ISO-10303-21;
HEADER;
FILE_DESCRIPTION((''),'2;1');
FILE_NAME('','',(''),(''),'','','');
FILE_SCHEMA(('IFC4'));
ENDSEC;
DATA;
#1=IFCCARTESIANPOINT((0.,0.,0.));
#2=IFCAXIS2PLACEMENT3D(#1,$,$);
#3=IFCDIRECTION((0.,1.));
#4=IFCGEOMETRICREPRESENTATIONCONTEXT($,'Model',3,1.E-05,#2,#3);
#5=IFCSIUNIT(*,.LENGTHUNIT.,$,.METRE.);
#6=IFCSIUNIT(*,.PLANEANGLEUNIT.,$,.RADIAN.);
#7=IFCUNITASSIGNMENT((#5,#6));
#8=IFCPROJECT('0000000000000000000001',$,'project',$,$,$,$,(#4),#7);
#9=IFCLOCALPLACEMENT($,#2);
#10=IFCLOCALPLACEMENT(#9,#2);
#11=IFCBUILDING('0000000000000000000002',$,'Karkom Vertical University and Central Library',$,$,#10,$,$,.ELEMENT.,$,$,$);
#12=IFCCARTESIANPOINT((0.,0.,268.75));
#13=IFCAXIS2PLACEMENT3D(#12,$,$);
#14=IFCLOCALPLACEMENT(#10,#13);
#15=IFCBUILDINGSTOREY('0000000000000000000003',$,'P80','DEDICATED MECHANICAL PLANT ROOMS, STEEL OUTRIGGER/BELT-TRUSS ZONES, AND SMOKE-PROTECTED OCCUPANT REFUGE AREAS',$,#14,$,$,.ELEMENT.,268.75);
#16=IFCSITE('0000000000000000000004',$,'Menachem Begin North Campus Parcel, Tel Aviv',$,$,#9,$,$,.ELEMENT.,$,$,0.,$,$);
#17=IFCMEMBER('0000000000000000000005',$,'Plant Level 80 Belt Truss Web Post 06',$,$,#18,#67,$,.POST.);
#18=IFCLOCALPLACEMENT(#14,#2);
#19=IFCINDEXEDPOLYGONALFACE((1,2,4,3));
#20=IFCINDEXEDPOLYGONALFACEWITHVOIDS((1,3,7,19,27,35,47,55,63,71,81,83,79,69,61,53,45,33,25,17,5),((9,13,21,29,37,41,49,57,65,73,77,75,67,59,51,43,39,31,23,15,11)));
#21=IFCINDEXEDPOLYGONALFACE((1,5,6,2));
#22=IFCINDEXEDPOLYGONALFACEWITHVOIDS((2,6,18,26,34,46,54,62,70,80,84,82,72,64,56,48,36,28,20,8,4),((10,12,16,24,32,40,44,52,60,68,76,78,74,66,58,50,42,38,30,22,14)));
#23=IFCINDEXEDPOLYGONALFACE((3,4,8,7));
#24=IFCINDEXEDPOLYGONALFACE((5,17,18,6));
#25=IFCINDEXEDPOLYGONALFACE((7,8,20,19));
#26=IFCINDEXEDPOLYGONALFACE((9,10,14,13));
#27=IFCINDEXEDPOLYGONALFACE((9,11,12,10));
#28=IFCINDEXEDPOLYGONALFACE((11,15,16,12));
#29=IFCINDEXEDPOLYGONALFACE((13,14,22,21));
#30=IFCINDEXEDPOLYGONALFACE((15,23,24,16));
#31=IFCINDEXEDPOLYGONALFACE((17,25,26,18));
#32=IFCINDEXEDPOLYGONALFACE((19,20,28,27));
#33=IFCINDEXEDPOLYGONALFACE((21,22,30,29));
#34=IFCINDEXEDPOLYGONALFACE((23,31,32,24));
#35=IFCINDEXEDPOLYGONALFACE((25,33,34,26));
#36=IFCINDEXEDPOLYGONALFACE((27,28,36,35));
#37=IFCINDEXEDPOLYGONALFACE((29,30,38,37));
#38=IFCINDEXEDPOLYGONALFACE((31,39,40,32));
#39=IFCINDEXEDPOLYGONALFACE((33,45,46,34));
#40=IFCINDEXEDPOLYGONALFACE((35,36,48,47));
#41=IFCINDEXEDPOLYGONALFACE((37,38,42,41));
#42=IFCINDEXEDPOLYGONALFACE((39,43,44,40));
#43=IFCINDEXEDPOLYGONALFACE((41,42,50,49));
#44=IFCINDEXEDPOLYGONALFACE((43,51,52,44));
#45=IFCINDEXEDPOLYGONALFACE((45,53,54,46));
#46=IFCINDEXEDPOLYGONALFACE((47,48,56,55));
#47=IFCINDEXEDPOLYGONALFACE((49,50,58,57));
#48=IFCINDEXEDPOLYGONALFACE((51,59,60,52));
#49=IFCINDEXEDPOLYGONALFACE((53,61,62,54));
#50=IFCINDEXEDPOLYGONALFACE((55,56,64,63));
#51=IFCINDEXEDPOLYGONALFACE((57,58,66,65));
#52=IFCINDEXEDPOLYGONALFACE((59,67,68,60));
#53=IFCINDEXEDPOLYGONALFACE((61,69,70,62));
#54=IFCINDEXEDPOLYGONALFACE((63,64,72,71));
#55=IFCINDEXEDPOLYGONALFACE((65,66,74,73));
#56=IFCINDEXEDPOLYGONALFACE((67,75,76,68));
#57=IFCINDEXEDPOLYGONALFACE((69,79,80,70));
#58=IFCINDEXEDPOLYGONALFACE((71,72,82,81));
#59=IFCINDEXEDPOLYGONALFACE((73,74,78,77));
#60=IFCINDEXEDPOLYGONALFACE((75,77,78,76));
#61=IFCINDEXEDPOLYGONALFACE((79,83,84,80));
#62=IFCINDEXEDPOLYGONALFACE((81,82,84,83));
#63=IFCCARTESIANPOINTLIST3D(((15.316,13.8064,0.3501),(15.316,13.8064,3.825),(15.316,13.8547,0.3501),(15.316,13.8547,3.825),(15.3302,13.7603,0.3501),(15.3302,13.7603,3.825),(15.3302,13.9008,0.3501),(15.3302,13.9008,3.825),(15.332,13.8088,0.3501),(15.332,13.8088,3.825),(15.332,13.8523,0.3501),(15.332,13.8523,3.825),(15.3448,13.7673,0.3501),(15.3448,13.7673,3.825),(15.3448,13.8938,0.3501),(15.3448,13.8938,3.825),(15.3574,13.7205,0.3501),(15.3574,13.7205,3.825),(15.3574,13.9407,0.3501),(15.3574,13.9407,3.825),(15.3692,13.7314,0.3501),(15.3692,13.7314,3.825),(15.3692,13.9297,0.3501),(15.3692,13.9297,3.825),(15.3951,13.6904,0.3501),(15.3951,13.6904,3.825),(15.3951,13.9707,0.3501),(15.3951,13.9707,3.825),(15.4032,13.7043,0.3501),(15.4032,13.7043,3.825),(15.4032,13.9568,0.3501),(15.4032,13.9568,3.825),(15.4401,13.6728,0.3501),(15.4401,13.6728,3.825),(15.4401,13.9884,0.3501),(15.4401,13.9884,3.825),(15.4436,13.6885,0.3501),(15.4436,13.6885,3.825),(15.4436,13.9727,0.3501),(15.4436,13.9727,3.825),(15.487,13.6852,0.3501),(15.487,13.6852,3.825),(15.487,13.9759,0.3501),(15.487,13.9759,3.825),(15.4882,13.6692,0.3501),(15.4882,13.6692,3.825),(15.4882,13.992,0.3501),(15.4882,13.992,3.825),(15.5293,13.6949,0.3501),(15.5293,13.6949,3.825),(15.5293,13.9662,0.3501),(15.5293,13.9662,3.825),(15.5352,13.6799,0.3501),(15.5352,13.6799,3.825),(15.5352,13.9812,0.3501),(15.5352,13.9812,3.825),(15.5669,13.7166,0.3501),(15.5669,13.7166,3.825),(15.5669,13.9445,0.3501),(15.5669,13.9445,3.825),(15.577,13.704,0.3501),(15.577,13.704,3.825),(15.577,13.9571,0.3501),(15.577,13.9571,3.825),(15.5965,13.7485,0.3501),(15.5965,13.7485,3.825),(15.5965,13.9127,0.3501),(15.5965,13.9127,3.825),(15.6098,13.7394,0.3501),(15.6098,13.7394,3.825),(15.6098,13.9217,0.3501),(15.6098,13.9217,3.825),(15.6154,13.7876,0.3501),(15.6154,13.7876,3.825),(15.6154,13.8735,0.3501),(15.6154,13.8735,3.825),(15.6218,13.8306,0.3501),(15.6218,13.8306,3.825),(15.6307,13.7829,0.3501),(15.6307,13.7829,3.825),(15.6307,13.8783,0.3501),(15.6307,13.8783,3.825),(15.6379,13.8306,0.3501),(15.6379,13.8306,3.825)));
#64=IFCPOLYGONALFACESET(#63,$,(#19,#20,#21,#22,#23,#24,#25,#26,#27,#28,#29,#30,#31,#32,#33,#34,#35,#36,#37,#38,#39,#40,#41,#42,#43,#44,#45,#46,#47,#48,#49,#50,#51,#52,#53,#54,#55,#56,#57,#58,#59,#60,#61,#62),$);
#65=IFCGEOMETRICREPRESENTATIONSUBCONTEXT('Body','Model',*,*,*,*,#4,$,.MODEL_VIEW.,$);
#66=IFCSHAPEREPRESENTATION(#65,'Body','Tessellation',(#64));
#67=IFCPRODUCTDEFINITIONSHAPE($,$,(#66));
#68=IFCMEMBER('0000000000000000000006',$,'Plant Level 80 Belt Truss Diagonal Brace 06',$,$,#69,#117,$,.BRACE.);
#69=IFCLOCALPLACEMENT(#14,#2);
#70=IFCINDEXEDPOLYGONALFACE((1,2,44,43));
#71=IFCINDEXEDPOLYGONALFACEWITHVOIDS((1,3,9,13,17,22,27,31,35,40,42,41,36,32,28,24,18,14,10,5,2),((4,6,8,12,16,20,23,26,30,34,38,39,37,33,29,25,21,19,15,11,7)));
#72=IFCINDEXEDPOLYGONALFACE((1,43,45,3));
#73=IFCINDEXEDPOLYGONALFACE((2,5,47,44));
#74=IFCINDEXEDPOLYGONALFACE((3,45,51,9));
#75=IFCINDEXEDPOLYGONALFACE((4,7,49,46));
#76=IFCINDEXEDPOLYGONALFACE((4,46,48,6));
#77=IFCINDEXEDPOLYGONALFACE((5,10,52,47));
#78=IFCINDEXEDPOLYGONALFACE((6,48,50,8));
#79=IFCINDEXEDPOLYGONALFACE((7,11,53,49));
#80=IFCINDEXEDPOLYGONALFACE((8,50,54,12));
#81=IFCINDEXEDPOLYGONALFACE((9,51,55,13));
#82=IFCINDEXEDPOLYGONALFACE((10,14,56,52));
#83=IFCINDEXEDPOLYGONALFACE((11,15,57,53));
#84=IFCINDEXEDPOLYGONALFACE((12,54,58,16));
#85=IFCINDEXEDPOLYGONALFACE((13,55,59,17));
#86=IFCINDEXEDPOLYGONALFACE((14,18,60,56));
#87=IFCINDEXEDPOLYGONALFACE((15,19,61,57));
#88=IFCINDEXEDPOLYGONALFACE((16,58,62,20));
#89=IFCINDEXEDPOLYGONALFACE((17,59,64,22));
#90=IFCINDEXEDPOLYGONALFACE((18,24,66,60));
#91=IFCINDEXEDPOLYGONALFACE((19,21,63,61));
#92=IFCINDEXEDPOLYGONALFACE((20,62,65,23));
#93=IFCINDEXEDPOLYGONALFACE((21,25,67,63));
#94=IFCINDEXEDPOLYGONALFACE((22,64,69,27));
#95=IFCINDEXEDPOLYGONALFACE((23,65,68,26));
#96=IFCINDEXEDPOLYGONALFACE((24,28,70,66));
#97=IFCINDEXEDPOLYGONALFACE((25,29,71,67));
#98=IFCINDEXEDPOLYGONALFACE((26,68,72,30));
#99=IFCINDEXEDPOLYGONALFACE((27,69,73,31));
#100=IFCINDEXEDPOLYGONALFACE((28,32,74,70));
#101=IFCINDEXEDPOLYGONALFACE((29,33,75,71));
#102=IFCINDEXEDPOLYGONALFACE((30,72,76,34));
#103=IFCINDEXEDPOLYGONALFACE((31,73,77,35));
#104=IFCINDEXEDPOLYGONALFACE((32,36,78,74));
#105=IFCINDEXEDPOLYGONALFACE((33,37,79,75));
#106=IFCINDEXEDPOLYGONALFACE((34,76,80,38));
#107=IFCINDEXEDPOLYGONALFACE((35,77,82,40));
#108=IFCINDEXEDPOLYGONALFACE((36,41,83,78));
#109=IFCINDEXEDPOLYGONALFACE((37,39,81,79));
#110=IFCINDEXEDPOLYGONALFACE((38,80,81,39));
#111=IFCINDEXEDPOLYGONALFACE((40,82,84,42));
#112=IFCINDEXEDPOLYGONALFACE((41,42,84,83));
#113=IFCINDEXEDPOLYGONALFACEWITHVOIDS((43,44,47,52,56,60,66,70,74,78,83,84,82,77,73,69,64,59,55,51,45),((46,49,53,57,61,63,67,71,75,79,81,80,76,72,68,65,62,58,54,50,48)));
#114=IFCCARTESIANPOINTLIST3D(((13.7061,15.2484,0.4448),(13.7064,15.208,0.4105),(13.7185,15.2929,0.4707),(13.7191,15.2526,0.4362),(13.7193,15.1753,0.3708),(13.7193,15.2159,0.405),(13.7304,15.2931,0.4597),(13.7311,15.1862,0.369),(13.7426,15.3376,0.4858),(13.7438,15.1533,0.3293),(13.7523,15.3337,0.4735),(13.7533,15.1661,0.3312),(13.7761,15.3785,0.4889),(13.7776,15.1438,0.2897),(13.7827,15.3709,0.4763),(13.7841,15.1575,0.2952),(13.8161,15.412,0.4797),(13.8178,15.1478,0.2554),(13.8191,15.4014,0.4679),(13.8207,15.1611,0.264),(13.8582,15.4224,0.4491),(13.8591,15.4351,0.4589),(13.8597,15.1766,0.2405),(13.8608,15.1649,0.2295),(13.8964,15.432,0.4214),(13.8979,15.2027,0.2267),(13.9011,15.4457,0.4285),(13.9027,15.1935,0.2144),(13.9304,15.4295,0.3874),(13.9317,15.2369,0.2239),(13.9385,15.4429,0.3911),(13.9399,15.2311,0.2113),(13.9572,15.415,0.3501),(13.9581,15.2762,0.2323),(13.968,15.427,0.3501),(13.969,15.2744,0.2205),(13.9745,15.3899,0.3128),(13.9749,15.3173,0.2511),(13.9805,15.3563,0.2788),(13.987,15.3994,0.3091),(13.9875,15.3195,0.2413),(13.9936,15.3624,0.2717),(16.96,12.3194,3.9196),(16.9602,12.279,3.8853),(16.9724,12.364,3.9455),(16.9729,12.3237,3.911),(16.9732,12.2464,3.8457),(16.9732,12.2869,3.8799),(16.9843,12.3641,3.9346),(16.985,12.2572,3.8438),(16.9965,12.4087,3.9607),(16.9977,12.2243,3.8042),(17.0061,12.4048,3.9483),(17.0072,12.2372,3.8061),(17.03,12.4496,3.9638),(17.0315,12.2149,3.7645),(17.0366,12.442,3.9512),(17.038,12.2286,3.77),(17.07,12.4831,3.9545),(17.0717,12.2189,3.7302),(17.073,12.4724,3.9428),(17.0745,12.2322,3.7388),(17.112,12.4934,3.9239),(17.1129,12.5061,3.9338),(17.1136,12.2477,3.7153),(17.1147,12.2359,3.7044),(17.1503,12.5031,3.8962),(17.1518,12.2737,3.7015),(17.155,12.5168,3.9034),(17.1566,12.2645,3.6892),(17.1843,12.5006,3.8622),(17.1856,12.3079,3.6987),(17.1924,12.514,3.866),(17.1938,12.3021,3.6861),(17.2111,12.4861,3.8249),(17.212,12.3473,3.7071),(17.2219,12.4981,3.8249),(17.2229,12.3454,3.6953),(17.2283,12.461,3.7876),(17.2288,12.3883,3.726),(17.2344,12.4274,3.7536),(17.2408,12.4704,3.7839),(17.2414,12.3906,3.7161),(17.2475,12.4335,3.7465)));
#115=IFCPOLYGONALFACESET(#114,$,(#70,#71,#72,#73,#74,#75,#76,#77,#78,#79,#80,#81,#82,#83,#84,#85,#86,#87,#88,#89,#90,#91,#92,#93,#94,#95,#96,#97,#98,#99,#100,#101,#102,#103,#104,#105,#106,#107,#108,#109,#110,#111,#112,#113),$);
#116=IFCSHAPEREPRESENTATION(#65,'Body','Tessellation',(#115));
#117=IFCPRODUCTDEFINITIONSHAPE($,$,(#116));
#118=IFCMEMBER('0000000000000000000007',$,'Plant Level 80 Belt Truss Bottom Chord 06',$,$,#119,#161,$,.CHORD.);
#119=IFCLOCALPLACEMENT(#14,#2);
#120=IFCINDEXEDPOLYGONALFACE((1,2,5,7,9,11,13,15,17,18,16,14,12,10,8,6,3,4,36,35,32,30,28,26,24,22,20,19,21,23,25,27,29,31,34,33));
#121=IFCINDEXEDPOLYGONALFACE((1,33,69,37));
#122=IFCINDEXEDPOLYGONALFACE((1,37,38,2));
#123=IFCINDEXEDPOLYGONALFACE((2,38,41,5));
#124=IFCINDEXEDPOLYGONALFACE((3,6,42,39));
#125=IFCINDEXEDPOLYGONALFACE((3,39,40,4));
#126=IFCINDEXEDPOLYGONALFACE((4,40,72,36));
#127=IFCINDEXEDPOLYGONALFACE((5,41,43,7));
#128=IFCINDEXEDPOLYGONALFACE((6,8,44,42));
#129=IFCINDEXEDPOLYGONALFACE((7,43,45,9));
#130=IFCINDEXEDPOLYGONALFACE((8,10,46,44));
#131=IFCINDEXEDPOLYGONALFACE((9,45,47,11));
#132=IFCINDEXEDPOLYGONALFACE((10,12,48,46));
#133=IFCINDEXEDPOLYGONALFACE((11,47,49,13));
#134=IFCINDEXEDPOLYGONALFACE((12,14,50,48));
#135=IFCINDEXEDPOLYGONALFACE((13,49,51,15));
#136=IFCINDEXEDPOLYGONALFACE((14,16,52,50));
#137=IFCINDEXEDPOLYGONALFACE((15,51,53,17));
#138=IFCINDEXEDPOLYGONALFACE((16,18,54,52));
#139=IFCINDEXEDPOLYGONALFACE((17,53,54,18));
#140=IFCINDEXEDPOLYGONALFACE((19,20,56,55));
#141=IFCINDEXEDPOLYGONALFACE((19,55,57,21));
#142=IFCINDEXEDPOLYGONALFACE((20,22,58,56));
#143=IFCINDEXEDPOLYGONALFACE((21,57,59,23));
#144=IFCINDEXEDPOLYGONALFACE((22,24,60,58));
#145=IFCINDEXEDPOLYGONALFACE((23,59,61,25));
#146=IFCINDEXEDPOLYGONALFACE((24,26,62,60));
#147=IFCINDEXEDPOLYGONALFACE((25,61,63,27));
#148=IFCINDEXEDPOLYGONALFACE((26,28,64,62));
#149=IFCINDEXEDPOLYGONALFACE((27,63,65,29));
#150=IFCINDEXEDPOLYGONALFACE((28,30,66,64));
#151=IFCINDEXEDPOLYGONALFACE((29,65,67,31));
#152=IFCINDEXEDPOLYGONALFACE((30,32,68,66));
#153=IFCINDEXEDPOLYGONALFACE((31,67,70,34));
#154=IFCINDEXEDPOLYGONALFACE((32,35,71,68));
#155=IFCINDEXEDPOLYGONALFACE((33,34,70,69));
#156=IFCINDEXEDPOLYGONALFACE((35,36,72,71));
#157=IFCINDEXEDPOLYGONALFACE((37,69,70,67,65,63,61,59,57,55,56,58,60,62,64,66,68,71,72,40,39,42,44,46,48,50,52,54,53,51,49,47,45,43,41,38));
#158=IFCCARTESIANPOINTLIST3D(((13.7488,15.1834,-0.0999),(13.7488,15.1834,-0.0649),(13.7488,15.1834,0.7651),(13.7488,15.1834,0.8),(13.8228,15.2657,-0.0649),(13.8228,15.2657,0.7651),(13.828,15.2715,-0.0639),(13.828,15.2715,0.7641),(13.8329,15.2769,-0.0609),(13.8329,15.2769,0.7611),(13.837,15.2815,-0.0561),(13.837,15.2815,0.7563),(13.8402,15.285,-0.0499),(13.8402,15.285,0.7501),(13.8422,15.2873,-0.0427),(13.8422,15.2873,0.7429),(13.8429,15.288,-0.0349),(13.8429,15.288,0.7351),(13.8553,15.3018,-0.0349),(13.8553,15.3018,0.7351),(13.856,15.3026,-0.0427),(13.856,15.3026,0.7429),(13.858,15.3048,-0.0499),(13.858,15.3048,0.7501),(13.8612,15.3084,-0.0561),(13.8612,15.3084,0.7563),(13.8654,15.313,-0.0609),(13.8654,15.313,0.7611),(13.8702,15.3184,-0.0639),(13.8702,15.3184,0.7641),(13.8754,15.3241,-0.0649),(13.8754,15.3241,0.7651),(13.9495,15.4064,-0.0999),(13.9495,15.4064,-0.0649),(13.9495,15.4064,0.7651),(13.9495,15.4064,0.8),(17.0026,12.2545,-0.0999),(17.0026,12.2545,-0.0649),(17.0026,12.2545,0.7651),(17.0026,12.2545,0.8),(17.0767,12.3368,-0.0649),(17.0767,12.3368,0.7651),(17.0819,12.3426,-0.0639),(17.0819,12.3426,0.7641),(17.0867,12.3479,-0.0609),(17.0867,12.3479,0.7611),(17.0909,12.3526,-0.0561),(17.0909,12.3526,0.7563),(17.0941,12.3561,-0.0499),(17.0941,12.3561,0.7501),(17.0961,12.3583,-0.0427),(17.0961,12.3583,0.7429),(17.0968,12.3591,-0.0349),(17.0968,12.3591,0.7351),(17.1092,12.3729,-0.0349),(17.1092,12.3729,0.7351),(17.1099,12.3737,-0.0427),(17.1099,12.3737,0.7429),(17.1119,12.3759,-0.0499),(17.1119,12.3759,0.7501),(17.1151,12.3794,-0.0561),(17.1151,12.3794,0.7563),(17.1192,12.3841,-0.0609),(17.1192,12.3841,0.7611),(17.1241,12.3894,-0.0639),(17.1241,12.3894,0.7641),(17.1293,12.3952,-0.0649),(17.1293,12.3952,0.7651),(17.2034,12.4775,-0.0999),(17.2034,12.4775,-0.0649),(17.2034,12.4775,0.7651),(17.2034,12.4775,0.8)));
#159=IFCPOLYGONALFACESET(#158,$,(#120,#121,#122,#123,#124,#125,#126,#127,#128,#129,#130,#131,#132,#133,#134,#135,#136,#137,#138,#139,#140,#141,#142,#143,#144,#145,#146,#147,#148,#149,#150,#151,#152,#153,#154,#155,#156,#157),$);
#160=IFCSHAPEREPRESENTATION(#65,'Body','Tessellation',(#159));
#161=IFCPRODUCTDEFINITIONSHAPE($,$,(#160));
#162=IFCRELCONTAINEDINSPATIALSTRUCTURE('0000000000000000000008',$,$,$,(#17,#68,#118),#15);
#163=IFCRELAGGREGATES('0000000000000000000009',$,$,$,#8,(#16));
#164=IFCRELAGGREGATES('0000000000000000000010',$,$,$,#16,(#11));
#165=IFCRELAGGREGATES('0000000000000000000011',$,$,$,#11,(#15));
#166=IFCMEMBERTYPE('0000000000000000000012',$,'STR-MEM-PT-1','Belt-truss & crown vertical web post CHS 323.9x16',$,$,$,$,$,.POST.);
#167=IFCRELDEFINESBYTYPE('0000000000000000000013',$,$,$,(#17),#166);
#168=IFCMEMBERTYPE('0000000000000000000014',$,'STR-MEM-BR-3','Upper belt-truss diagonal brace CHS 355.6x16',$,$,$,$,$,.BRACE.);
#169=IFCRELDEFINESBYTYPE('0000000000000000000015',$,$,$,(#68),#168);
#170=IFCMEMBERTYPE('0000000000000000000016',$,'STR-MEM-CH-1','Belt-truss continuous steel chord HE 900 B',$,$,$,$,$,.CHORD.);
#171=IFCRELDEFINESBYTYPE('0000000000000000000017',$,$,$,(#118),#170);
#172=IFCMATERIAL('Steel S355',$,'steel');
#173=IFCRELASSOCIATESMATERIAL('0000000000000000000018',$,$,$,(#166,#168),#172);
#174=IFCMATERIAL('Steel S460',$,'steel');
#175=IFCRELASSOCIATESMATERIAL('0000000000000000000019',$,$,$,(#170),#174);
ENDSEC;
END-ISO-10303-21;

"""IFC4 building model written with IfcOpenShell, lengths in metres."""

from ifc_helpers import new_model, si_unit, direction, frame, origin, origin_with_axes, origin_2d, place, context, subcontext, project, spatial, hollow_circle, i_section, extrude, source, transform, mapped, material, material_profile, profile_set, type_object, element, save


model = new_model("IFC4")

# Units and contexts
model_context = context("Model", 3, precision=1e-05, world=origin(), true_north=direction((0.0, 1.0)))
body_context = subcontext(model_context, "Body", "Model", "MODEL_VIEW")
ifc_project = project(units=[si_unit("LENGTHUNIT", "METRE"), si_unit("PLANEANGLEUNIT", "RADIAN")], contexts=[model_context])

# Site, building, storey
site_placement = place(None, origin())
site = spatial("IfcSite", under=ifc_project, at=site_placement, Name="Menachem Begin North Campus Parcel, Tel Aviv", CompositionType="ELEMENT", RefElevation=0.0)
building_placement = place(site_placement, origin())
building = spatial("IfcBuilding", under=site, at=building_placement, Name="Karkom Vertical University and Central Library", CompositionType="ELEMENT")
storey_placement = place(building_placement, frame((0.0, 0.0, 268.75)))
storey = spatial("IfcBuildingStorey", under=building, at=storey_placement, Name="P80", Description="DEDICATED MECHANICAL PLANT ROOMS, STEEL OUTRIGGER/BELT-TRUSS ZONES, AND SMOKE-PROTECTED OCCUPANT REFUGE AREAS", CompositionType="ELEMENT", Elevation=268.75)

# Shared definitions
ifc_material_1 = material(Name="Steel S355", Category="steel")
ifc_material_2 = material(Name="Steel S460", Category="steel")

# Members
ifc_material_profile_1 = material_profile(ifc_material_1, hollow_circle(Radius=0.1619, WallThickness=0.0161, at=origin_2d()), Name="CHS 323.9x16")
ifc_profile_set_1 = profile_set([ifc_material_profile_1], Name="Steel S355")
member_type_1 = type_object("IfcMemberType", Name="STR-MEM-PT-1", Description="Belt-truss & crown vertical web post CHS 323.9x16", PredefinedType="POST", material=ifc_profile_set_1)
shared_shape_1 = source(origin_with_axes(), body_context, "Body", "SweptSolid", [
    extrude(hollow_circle(Radius=0.1619, WallThickness=0.0161, at=origin_2d()), origin(), (0.0, 0.0, 1.0), 3.4749),
])
member_1_placement = place(storey_placement, frame((15.4761, 13.8306, 0.3501), z_axis=(0.0, 0.0, 1.0), x_axis=(1.0, 0.0, 0.0)))
element("IfcMember", 1, at=member_1_placement, inside=storey, type_object=member_type_1, Name="Plant Level 80 Belt Truss Web Post 06", PredefinedType="POST", context=body_context, shape_type="MappedRepresentation", body=[
    mapped(shared_shape_1, transform((0.0, 0.0, 0.0), scale=1.0)),
])
ifc_material_profile_2 = material_profile(ifc_material_1, hollow_circle(Radius=0.1777, WallThickness=0.0161, at=origin_2d()), Name="CHS 355.6x16")
ifc_profile_set_2 = profile_set([ifc_material_profile_2], Name="Steel S355")
member_type_2 = type_object("IfcMemberType", Name="STR-MEM-BR-3", Description="Upper belt-truss diagonal brace CHS 355.6x16", PredefinedType="BRACE", material=ifc_profile_set_2)
shared_shape_2 = source(origin_with_axes(), body_context, "Body", "SweptSolid", [
    extrude(hollow_circle(Radius=0.1777, WallThickness=0.0161, at=origin_2d()), origin(), (0.0, 0.0, 1.0), 5.5894),
])
member_2_placement = place(storey_placement, frame((13.8491, 15.2949, 0.3501), z_axis=(0.582158, -0.52402, 0.621687), x_axis=(0.66902, 0.743244, 0.0)))
element("IfcMember", 2, at=member_2_placement, inside=storey, type_object=member_type_2, Name="Plant Level 80 Belt Truss Diagonal Brace 06", PredefinedType="BRACE", context=body_context, shape_type="MappedRepresentation", body=[
    mapped(shared_shape_2, transform((0.0, 0.0, 0.0), scale=1.0)),
])
ifc_material_profile_3 = material_profile(ifc_material_2, i_section(OverallWidth=0.3, OverallDepth=0.8999, WebThickness=0.0186, FlangeThickness=0.0349, FilletRadius=0.03, at=origin_2d()), Name="HE 900 B")
ifc_profile_set_3 = profile_set([ifc_material_profile_3], Name="Steel S460")
member_type_3 = type_object("IfcMemberType", Name="STR-MEM-CH-1", Description="Belt-truss continuous steel chord HE 900 B", PredefinedType="CHORD", material=ifc_profile_set_3)
shared_shape_3 = source(origin_with_axes(), body_context, "Body", "SweptSolid", [
    extrude(i_section(OverallWidth=0.3, OverallDepth=0.8999, WebThickness=0.0186, FlangeThickness=0.0349, FilletRadius=0.03, at=origin_2d()), origin(), (0.0, 0.0, 1.0), 4.3779),
])
member_3_placement = place(storey_placement, frame((13.8491, 15.2949, 0.3501), z_axis=(0.743244, -0.66902, 0.0), x_axis=(0.66902, 0.743244, 0.0)))
element("IfcMember", 3, at=member_3_placement, inside=storey, type_object=member_type_3, Name="Plant Level 80 Belt Truss Bottom Chord 06", PredefinedType="CHORD", context=body_context, shape_type="MappedRepresentation", body=[
    mapped(shared_shape_3, transform((0.0, 0.0, 0.0), scale=1.0)),
])

save(model, "model.ifc")
